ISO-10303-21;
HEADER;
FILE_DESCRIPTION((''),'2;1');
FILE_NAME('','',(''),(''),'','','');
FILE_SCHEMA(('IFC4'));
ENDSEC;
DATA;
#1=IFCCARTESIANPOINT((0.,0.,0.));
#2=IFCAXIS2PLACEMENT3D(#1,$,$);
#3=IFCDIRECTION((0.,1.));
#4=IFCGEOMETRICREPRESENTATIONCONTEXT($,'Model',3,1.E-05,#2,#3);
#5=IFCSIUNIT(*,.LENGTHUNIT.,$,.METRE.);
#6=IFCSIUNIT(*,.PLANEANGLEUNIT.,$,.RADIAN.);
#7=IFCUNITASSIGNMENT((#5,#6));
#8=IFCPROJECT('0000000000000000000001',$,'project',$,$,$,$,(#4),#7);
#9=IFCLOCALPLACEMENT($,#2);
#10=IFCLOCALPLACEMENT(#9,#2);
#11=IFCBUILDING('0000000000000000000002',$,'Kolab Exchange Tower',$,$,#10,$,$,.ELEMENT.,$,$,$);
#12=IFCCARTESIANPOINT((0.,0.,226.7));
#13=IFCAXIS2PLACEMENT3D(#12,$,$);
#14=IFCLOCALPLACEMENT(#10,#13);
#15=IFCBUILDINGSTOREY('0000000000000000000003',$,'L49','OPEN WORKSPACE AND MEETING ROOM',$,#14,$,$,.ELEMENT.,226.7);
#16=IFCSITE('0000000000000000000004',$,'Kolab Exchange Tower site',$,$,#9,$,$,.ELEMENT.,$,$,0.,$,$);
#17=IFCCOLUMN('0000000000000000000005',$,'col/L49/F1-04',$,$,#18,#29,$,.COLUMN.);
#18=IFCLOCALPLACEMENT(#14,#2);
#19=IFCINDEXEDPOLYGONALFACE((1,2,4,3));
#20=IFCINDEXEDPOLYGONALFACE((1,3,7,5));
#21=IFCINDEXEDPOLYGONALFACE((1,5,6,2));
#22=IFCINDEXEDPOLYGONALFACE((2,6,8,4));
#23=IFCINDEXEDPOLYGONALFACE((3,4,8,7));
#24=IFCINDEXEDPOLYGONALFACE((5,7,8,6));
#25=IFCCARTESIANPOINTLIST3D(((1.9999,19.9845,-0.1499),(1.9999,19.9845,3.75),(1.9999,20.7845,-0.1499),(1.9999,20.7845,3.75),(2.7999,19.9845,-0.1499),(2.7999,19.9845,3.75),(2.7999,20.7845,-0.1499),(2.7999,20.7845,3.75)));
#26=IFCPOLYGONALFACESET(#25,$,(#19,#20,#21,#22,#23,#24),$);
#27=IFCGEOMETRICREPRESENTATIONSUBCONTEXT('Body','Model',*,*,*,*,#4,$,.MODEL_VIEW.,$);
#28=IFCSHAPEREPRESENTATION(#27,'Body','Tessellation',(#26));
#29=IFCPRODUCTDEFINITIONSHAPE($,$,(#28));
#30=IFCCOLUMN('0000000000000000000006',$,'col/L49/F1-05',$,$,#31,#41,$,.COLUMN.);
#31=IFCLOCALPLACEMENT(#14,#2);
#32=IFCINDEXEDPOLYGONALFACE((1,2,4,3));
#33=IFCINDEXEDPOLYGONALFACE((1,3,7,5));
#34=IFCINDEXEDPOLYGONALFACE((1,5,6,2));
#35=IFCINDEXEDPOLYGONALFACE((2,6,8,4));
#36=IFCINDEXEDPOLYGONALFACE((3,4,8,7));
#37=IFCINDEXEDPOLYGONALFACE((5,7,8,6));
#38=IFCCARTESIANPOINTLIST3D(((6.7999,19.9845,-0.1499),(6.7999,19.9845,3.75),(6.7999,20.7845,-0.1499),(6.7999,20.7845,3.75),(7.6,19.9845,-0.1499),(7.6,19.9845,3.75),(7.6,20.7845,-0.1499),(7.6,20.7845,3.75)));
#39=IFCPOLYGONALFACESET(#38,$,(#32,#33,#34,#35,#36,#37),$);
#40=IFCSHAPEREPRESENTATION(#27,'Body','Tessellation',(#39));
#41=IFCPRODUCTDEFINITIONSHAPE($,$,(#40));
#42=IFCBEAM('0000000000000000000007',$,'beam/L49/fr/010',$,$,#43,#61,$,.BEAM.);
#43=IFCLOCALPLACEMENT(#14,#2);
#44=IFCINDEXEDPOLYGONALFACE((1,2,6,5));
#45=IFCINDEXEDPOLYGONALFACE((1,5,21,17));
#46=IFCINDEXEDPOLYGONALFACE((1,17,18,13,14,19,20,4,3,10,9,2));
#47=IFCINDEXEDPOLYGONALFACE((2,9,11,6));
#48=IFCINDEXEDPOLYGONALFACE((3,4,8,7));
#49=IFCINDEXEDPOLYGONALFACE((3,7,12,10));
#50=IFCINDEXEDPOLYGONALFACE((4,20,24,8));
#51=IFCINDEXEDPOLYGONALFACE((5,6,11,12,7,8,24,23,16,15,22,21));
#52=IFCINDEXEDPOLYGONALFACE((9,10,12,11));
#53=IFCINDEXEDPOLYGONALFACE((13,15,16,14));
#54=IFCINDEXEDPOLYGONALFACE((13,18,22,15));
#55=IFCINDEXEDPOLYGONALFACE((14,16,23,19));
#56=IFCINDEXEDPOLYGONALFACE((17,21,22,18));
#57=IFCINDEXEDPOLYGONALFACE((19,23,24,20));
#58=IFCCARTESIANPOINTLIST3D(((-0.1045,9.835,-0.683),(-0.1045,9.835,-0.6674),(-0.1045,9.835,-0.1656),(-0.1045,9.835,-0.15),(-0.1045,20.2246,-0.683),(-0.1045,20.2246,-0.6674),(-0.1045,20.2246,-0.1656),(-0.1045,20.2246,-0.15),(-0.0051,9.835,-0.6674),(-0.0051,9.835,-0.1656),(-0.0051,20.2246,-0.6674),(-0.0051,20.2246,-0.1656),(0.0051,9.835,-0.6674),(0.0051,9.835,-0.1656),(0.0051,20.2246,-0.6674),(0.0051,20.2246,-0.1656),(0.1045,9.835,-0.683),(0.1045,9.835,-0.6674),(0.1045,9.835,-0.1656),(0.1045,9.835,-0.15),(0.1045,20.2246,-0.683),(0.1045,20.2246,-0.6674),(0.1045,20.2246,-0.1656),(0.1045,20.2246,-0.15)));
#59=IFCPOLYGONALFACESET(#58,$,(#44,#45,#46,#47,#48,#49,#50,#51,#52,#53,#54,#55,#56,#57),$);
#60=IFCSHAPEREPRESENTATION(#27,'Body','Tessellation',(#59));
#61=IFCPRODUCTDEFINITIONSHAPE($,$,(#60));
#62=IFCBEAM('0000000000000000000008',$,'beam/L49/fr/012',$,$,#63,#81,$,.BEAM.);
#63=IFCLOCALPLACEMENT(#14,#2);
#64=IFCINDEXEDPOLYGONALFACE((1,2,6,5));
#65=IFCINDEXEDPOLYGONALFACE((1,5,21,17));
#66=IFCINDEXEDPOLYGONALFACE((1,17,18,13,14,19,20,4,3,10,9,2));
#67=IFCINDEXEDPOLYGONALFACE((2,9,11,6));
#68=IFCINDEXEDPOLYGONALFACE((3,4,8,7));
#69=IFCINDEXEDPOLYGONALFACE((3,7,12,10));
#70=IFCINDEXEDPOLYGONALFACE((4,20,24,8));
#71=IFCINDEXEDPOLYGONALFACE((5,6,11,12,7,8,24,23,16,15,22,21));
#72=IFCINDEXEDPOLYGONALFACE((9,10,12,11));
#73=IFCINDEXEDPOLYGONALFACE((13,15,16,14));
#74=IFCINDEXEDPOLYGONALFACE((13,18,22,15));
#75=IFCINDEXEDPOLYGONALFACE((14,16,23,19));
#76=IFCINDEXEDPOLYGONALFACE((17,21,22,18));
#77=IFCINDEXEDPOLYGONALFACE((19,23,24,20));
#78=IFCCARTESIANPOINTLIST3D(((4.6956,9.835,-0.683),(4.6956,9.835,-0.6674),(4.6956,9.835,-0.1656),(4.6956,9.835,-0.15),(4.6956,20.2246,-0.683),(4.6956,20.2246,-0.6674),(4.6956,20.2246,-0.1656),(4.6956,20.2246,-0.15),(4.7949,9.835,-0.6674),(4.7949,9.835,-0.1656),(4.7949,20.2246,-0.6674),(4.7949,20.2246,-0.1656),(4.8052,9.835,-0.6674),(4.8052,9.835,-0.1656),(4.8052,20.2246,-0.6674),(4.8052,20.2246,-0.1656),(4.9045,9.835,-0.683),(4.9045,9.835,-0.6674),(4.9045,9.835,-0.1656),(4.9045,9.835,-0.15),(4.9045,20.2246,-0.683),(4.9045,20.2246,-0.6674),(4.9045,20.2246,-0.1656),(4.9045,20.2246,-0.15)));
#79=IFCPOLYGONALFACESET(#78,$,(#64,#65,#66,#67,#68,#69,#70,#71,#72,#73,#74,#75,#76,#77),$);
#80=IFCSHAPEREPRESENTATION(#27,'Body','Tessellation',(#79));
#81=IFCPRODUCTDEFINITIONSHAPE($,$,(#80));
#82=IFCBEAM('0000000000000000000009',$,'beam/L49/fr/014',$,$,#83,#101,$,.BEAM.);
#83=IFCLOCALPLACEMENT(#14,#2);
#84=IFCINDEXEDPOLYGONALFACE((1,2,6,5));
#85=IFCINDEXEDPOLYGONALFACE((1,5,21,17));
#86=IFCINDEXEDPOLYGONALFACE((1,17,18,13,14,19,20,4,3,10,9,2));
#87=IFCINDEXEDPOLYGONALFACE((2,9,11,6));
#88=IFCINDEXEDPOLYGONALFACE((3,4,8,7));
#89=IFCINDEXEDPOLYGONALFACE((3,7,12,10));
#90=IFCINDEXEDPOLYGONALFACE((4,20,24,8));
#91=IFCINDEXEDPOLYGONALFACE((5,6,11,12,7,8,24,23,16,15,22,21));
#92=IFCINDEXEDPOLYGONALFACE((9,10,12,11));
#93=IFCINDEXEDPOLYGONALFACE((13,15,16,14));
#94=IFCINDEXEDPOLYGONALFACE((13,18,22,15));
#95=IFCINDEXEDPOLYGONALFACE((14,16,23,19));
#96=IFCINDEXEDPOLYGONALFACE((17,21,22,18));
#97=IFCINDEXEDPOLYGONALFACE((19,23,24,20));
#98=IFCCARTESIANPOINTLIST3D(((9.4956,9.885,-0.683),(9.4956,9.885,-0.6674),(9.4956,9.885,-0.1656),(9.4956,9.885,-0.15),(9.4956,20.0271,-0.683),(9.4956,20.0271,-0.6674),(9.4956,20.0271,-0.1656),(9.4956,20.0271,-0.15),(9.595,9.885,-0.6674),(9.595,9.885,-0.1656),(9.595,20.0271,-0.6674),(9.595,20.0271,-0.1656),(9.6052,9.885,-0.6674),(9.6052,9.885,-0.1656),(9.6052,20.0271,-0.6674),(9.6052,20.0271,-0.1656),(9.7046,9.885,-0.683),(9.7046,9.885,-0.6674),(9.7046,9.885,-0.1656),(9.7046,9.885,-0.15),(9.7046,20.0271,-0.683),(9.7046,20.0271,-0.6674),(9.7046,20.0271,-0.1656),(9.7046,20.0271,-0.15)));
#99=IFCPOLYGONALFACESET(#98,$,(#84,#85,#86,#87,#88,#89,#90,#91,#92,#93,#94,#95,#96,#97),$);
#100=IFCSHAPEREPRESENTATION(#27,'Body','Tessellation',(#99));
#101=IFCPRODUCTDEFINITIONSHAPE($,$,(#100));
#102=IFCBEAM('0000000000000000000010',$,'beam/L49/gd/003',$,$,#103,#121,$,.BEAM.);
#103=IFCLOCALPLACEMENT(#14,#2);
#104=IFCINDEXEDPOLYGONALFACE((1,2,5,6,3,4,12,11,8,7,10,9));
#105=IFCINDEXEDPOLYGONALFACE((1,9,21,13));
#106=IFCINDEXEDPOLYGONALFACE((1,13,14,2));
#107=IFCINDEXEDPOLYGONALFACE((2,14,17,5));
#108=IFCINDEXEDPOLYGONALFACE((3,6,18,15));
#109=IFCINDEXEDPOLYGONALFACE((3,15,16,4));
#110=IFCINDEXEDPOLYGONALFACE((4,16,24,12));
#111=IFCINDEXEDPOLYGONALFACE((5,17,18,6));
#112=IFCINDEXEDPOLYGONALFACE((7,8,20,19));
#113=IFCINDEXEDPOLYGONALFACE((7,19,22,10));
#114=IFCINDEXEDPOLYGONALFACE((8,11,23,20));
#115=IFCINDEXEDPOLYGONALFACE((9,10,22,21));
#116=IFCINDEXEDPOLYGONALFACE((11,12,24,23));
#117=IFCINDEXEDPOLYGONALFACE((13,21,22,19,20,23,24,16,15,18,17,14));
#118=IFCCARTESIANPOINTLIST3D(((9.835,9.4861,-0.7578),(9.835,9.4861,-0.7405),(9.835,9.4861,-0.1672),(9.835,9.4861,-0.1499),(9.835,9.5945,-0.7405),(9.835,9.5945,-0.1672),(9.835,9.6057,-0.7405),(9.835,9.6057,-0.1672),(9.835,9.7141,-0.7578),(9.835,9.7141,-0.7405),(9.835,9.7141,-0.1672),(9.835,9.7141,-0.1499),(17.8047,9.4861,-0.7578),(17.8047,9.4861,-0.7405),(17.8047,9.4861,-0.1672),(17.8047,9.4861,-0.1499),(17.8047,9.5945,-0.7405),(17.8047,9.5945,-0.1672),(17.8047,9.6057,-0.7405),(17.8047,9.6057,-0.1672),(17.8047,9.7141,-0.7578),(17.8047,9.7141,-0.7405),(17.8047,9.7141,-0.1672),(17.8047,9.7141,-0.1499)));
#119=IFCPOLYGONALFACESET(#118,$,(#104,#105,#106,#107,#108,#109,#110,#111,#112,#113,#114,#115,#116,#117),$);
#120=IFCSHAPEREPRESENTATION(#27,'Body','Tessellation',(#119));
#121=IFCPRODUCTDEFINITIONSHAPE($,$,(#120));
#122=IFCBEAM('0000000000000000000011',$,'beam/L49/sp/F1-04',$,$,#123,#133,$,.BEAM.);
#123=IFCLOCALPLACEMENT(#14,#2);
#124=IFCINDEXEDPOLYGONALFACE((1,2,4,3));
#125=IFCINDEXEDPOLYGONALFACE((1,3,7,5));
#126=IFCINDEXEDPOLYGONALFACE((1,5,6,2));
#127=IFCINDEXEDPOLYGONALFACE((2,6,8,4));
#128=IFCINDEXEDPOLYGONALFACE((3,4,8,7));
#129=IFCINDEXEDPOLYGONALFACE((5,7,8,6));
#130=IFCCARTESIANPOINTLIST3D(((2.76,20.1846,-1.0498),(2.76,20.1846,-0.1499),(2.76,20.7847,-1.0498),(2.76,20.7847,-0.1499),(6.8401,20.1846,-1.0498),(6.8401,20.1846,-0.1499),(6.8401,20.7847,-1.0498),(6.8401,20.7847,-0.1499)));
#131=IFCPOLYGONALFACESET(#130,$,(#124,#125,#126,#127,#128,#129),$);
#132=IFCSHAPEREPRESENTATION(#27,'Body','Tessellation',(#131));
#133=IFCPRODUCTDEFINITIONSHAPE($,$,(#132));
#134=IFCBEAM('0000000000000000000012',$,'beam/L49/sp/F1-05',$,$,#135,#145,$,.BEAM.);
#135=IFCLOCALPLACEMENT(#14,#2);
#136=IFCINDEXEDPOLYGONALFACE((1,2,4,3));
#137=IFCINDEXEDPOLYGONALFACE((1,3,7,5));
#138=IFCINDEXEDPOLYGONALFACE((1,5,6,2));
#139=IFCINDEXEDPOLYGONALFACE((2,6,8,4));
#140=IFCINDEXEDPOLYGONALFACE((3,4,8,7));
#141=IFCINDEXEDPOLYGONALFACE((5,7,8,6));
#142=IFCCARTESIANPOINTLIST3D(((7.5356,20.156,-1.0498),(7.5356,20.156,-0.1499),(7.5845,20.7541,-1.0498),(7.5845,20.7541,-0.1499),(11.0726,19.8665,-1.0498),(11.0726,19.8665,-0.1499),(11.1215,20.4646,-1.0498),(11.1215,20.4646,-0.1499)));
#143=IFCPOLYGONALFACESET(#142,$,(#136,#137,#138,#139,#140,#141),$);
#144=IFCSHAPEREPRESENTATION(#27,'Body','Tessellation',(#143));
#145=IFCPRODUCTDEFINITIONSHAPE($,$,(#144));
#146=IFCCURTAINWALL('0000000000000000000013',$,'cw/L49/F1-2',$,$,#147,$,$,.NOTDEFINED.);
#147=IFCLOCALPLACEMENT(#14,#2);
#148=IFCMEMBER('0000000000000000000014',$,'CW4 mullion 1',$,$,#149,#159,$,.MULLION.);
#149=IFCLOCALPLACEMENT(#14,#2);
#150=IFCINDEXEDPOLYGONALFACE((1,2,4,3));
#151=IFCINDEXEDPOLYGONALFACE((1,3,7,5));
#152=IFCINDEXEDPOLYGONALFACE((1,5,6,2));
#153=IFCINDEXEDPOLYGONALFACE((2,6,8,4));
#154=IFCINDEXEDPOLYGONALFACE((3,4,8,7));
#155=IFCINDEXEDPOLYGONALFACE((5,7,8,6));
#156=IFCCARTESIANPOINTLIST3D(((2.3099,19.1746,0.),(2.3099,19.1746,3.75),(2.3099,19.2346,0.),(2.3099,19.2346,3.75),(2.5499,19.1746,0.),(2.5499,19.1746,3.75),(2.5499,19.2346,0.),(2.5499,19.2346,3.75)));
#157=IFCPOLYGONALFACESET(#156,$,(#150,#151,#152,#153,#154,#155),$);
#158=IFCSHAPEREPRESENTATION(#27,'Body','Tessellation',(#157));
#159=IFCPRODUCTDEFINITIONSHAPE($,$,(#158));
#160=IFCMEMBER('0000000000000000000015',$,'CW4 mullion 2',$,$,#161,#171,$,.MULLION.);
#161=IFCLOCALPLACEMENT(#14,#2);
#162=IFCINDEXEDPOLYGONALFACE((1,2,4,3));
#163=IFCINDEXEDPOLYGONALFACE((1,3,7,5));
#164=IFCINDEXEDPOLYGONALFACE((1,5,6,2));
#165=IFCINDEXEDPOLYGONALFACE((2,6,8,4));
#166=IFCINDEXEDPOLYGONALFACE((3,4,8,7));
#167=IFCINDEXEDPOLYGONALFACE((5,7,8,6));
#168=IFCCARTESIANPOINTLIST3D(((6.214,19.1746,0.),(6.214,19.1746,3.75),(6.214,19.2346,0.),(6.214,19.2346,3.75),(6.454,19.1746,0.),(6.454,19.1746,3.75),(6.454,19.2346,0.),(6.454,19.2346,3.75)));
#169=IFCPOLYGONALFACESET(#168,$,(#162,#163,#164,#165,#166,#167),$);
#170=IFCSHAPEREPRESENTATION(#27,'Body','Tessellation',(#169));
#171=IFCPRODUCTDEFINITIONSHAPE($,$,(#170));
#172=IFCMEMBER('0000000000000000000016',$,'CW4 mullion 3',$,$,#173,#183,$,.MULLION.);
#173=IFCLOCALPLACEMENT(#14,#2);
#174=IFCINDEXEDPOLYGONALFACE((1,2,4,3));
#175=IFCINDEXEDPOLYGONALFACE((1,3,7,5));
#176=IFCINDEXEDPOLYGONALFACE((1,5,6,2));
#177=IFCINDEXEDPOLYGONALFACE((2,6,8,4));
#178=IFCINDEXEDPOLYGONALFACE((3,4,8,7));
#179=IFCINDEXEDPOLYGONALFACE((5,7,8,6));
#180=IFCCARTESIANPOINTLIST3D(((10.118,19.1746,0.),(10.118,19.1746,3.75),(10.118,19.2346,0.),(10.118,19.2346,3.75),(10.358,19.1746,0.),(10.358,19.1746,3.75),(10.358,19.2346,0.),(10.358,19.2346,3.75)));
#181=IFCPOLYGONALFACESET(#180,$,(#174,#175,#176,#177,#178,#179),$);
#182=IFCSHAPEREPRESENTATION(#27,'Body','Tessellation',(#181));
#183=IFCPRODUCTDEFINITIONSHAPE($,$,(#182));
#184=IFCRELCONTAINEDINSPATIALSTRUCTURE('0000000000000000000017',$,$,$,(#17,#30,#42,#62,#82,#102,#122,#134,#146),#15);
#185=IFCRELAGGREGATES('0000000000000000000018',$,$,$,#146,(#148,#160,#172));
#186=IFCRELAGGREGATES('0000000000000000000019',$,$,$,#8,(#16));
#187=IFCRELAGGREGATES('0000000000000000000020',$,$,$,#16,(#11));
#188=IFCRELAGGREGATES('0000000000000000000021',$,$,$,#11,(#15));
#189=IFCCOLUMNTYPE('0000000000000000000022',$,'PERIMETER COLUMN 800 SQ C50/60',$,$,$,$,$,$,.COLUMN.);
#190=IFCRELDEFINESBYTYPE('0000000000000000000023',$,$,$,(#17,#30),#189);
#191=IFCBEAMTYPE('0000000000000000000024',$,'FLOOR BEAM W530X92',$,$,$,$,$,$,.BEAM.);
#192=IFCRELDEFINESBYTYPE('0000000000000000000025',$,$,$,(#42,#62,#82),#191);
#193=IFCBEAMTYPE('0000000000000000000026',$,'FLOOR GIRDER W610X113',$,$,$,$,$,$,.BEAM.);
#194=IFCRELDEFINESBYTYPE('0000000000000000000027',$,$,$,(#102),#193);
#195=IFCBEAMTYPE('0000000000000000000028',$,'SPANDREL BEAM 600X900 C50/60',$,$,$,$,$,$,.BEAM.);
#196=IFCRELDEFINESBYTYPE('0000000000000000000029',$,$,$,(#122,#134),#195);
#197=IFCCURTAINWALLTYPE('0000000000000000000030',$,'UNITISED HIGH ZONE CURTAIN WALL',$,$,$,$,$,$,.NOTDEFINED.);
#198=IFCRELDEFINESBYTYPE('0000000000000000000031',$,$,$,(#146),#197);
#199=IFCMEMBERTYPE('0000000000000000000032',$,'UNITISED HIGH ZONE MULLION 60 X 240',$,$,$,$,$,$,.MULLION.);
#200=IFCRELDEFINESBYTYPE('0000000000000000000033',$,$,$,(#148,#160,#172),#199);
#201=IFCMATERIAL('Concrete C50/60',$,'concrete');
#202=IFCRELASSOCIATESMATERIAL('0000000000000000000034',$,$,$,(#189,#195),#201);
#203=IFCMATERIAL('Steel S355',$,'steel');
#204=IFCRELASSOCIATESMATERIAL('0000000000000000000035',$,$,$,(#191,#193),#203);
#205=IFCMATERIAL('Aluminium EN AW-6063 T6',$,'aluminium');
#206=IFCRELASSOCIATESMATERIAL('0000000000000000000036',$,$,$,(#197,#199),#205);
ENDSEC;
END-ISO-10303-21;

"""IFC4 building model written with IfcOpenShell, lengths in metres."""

from ifc_helpers import new_model, si_unit, direction, frame, origin, origin_2d, place, context, subcontext, project, spatial, rectangle, i_section, extrude, material, material_profile, profile_set, type_object, element, aggregate, save


model = new_model("IFC4")

# Units and contexts
model_context = context("Model", 3, precision=1e-05, world=origin(), true_north=direction((0.0, 1.0)))
body_context = subcontext(model_context, "Body", "Model", "MODEL_VIEW")
ifc_project = project(units=[si_unit("LENGTHUNIT", "METRE"), si_unit("PLANEANGLEUNIT", "RADIAN")], contexts=[model_context])

# Site, building, storey
site_placement = place(None, origin())
site = spatial("IfcSite", under=ifc_project, at=site_placement, Name="Kolab Exchange Tower site", CompositionType="ELEMENT", RefElevation=0.0)
building_placement = place(site_placement, origin())
building = spatial("IfcBuilding", under=site, at=building_placement, Name="Kolab Exchange Tower", CompositionType="ELEMENT")
storey_placement = place(building_placement, frame((0.0, 0.0, 226.7)))
storey = spatial("IfcBuildingStorey", under=building, at=storey_placement, Name="L49", Description="OPEN WORKSPACE AND MEETING ROOM", CompositionType="ELEMENT", Elevation=226.7)

# Columns
ifc_material_1 = material(Name="Concrete C50/60", Category="concrete")
ifc_material_profile_1 = material_profile(ifc_material_1, rectangle(XDim=0.8, YDim=0.8, at=origin_2d()), Name="RC800")
ifc_profile_set_1 = profile_set([ifc_material_profile_1], Name="Concrete C50/60")
column_type = type_object("IfcColumnType", Name="PERIMETER COLUMN 800 SQ C50/60", PredefinedType="COLUMN", material=ifc_profile_set_1)
for number, where, z_axis, x_axis, name in (
    (1, (2.3999, 20.3845, -0.1499), (0.0, 0.0, 1.0), (1.0, 0.0, 0.0), "col/L49/F1-04"),
    (2, (7.2, 20.3845, -0.1499), (0.0, 0.0, 1.0), (1.0, 0.0, 0.0), "col/L49/F1-05"),
):
    element("IfcColumn", number, at=place(storey_placement, frame(where, z_axis=z_axis, x_axis=x_axis)), inside=storey, type_object=column_type, Name=name, PredefinedType="COLUMN", context=body_context, shape_type="SweptSolid", body=[
        extrude(rectangle(XDim=0.8, YDim=0.8, at=origin_2d()), origin(), (0.0, 0.0, 1.0), 3.8999),
    ])

# Beams
ifc_material_2 = material(Name="Steel S355", Category="steel")
ifc_material_profile_2 = material_profile(ifc_material_2, i_section(OverallWidth=0.209, OverallDepth=0.533, WebThickness=0.0103, FlangeThickness=0.0156, at=origin_2d()), Name="W530X92")
ifc_profile_set_2 = profile_set([ifc_material_profile_2], Name="Steel S355")
beam_type_1 = type_object("IfcBeamType", Name="FLOOR BEAM W530X92", PredefinedType="BEAM", material=ifc_profile_set_2)
for number, where, z_axis, x_axis, name in (
    (3, (0.0, 9.835, -0.4165), (0.0, 1.0, 0.0), (-1.0, 0.0, 0.0), "beam/L49/fr/010"),
    (4, (4.8, 9.835, -0.4165), (0.0, 1.0, 0.0), (-1.0, 0.0, 0.0), "beam/L49/fr/012"),
):
    element("IfcBeam", number, at=place(storey_placement, frame(where, z_axis=z_axis, x_axis=x_axis)), inside=storey, type_object=beam_type_1, Name=name, PredefinedType="BEAM", context=body_context, shape_type="SweptSolid", body=[
        extrude(i_section(OverallWidth=0.209, OverallDepth=0.533, WebThickness=0.0103, FlangeThickness=0.0156, at=origin_2d()), origin(), (0.0, 0.0, 1.0), 10.3896),
    ])
beam_1_placement = place(storey_placement, frame((9.6001, 9.885, -0.4165), z_axis=(0.0, 1.0, 0.0), x_axis=(-1.0, 0.0, 0.0)))
element("IfcBeam", 5, at=beam_1_placement, inside=storey, type_object=beam_type_1, Name="beam/L49/fr/014", PredefinedType="BEAM", context=body_context, shape_type="SweptSolid", body=[
    extrude(i_section(OverallWidth=0.209, OverallDepth=0.533, WebThickness=0.0103, FlangeThickness=0.0156, at=origin_2d()), origin(), (0.0, 0.0, 1.0), 10.1421),
])
ifc_material_profile_3 = material_profile(ifc_material_2, i_section(OverallWidth=0.228, OverallDepth=0.6079, WebThickness=0.0112, FlangeThickness=0.0173, at=origin_2d()), Name="W610X113")
ifc_profile_set_3 = profile_set([ifc_material_profile_3], Name="Steel S355")
beam_type_2 = type_object("IfcBeamType", Name="FLOOR GIRDER W610X113", PredefinedType="BEAM", material=ifc_profile_set_3)
beam_2_placement = place(storey_placement, frame((9.835, 9.6001, -0.4539), z_axis=(1.0, 0.0, 0.0), x_axis=(0.0, 1.0, 0.0)))
element("IfcBeam", 6, at=beam_2_placement, inside=storey, type_object=beam_type_2, Name="beam/L49/gd/003", PredefinedType="BEAM", context=body_context, shape_type="SweptSolid", body=[
    extrude(i_section(OverallWidth=0.228, OverallDepth=0.6079, WebThickness=0.0112, FlangeThickness=0.0173, at=origin_2d()), origin(), (0.0, 0.0, 1.0), 7.9697),
])
ifc_material_profile_4 = material_profile(ifc_material_1, rectangle(XDim=0.6001, YDim=0.8999, at=origin_2d()), Name="RC600X900")
ifc_profile_set_4 = profile_set([ifc_material_profile_4], Name="Concrete C50/60")
beam_type_3 = type_object("IfcBeamType", Name="SPANDREL BEAM 600X900 C50/60", PredefinedType="BEAM", material=ifc_profile_set_4)
beam_3_placement = place(storey_placement, frame((2.76, 20.4846, -0.5999), z_axis=(1.0, 0.0, 0.0), x_axis=(0.0, 1.0, 0.0)))
element("IfcBeam", 7, at=beam_3_placement, inside=storey, type_object=beam_type_3, Name="beam/L49/sp/F1-04", PredefinedType="BEAM", context=body_context, shape_type="SweptSolid", body=[
    extrude(rectangle(XDim=0.6001, YDim=0.8999, at=origin_2d()), origin(), (0.0, 0.0, 1.0), 4.0801),
])
beam_4_placement = place(storey_placement, frame((7.5601, 20.4551, -0.5999), z_axis=(0.996666, -0.081588, 0.0), x_axis=(0.081588, 0.996666, 0.0)))
element("IfcBeam", 8, at=beam_4_placement, inside=storey, type_object=beam_type_3, Name="beam/L49/sp/F1-05", PredefinedType="BEAM", context=body_context, shape_type="SweptSolid", body=[
    extrude(rectangle(XDim=0.6001, YDim=0.8999, at=origin_2d()), origin(), (0.0, 0.0, 1.0), 3.5488),
])

# Curtain wall, members
ifc_material_3 = material(Name="Aluminium EN AW-6063 T6", Category="aluminium")
curtain_wall_type = type_object("IfcCurtainWallType", Name="UNITISED HIGH ZONE CURTAIN WALL", PredefinedType="NOTDEFINED", material=ifc_material_3)
curtain_wall_placement = place(storey_placement, origin())
curtain_wall = element("IfcCurtainWall", 9, at=curtain_wall_placement, inside=storey, type_object=curtain_wall_type, Name="cw/L49/F1-2", PredefinedType="NOTDEFINED")
ifc_material_profile_5 = material_profile(ifc_material_3, rectangle(XDim=0.0601, YDim=0.24, at=origin_2d()), Name="RECT 60X240")
ifc_profile_set_5 = profile_set([ifc_material_profile_5], Name="Aluminium EN AW-6063 T6")
member_type_1 = type_object("IfcMemberType", Name="UNITISED HIGH ZONE MULLION 60 X 240", PredefinedType="MULLION", material=ifc_profile_set_5)
member_1_placement = place(storey_placement, frame((2.4299, 19.2046, 0.0), z_axis=(0.0, 0.0, 1.0), x_axis=(0.0, 1.0, 0.0)))
member_1 = element("IfcMember", 10, at=member_1_placement, type_object=member_type_1, Name="CW4 mullion 1", PredefinedType="MULLION", context=body_context, shape_type="SweptSolid", body=[
    extrude(rectangle(XDim=0.0601, YDim=0.24, at=origin_2d()), origin(), (0.0, 0.0, 1.0), 3.75),
])
member_2_placement = place(storey_placement, frame((6.334, 19.2046, 0.0), z_axis=(0.0, 0.0, 1.0), x_axis=(0.0, 1.0, 0.0)))
member_2 = element("IfcMember", 11, at=member_2_placement, type_object=member_type_1, Name="CW4 mullion 2", PredefinedType="MULLION", context=body_context, shape_type="SweptSolid", body=[
    extrude(rectangle(XDim=0.0601, YDim=0.24, at=origin_2d()), origin(), (0.0, 0.0, 1.0), 3.75),
])
member_3_placement = place(storey_placement, frame((10.238, 19.2046, 0.0), z_axis=(0.0, 0.0, 1.0), x_axis=(0.0, 1.0, 0.0)))
member_3 = element("IfcMember", 12, at=member_3_placement, type_object=member_type_1, Name="CW4 mullion 3", PredefinedType="MULLION", context=body_context, shape_type="SweptSolid", body=[
    extrude(rectangle(XDim=0.0601, YDim=0.24, at=origin_2d()), origin(), (0.0, 0.0, 1.0), 3.75),
])
aggregate(curtain_wall, [member_1, member_2, member_3])

save(model, "model.ifc")
